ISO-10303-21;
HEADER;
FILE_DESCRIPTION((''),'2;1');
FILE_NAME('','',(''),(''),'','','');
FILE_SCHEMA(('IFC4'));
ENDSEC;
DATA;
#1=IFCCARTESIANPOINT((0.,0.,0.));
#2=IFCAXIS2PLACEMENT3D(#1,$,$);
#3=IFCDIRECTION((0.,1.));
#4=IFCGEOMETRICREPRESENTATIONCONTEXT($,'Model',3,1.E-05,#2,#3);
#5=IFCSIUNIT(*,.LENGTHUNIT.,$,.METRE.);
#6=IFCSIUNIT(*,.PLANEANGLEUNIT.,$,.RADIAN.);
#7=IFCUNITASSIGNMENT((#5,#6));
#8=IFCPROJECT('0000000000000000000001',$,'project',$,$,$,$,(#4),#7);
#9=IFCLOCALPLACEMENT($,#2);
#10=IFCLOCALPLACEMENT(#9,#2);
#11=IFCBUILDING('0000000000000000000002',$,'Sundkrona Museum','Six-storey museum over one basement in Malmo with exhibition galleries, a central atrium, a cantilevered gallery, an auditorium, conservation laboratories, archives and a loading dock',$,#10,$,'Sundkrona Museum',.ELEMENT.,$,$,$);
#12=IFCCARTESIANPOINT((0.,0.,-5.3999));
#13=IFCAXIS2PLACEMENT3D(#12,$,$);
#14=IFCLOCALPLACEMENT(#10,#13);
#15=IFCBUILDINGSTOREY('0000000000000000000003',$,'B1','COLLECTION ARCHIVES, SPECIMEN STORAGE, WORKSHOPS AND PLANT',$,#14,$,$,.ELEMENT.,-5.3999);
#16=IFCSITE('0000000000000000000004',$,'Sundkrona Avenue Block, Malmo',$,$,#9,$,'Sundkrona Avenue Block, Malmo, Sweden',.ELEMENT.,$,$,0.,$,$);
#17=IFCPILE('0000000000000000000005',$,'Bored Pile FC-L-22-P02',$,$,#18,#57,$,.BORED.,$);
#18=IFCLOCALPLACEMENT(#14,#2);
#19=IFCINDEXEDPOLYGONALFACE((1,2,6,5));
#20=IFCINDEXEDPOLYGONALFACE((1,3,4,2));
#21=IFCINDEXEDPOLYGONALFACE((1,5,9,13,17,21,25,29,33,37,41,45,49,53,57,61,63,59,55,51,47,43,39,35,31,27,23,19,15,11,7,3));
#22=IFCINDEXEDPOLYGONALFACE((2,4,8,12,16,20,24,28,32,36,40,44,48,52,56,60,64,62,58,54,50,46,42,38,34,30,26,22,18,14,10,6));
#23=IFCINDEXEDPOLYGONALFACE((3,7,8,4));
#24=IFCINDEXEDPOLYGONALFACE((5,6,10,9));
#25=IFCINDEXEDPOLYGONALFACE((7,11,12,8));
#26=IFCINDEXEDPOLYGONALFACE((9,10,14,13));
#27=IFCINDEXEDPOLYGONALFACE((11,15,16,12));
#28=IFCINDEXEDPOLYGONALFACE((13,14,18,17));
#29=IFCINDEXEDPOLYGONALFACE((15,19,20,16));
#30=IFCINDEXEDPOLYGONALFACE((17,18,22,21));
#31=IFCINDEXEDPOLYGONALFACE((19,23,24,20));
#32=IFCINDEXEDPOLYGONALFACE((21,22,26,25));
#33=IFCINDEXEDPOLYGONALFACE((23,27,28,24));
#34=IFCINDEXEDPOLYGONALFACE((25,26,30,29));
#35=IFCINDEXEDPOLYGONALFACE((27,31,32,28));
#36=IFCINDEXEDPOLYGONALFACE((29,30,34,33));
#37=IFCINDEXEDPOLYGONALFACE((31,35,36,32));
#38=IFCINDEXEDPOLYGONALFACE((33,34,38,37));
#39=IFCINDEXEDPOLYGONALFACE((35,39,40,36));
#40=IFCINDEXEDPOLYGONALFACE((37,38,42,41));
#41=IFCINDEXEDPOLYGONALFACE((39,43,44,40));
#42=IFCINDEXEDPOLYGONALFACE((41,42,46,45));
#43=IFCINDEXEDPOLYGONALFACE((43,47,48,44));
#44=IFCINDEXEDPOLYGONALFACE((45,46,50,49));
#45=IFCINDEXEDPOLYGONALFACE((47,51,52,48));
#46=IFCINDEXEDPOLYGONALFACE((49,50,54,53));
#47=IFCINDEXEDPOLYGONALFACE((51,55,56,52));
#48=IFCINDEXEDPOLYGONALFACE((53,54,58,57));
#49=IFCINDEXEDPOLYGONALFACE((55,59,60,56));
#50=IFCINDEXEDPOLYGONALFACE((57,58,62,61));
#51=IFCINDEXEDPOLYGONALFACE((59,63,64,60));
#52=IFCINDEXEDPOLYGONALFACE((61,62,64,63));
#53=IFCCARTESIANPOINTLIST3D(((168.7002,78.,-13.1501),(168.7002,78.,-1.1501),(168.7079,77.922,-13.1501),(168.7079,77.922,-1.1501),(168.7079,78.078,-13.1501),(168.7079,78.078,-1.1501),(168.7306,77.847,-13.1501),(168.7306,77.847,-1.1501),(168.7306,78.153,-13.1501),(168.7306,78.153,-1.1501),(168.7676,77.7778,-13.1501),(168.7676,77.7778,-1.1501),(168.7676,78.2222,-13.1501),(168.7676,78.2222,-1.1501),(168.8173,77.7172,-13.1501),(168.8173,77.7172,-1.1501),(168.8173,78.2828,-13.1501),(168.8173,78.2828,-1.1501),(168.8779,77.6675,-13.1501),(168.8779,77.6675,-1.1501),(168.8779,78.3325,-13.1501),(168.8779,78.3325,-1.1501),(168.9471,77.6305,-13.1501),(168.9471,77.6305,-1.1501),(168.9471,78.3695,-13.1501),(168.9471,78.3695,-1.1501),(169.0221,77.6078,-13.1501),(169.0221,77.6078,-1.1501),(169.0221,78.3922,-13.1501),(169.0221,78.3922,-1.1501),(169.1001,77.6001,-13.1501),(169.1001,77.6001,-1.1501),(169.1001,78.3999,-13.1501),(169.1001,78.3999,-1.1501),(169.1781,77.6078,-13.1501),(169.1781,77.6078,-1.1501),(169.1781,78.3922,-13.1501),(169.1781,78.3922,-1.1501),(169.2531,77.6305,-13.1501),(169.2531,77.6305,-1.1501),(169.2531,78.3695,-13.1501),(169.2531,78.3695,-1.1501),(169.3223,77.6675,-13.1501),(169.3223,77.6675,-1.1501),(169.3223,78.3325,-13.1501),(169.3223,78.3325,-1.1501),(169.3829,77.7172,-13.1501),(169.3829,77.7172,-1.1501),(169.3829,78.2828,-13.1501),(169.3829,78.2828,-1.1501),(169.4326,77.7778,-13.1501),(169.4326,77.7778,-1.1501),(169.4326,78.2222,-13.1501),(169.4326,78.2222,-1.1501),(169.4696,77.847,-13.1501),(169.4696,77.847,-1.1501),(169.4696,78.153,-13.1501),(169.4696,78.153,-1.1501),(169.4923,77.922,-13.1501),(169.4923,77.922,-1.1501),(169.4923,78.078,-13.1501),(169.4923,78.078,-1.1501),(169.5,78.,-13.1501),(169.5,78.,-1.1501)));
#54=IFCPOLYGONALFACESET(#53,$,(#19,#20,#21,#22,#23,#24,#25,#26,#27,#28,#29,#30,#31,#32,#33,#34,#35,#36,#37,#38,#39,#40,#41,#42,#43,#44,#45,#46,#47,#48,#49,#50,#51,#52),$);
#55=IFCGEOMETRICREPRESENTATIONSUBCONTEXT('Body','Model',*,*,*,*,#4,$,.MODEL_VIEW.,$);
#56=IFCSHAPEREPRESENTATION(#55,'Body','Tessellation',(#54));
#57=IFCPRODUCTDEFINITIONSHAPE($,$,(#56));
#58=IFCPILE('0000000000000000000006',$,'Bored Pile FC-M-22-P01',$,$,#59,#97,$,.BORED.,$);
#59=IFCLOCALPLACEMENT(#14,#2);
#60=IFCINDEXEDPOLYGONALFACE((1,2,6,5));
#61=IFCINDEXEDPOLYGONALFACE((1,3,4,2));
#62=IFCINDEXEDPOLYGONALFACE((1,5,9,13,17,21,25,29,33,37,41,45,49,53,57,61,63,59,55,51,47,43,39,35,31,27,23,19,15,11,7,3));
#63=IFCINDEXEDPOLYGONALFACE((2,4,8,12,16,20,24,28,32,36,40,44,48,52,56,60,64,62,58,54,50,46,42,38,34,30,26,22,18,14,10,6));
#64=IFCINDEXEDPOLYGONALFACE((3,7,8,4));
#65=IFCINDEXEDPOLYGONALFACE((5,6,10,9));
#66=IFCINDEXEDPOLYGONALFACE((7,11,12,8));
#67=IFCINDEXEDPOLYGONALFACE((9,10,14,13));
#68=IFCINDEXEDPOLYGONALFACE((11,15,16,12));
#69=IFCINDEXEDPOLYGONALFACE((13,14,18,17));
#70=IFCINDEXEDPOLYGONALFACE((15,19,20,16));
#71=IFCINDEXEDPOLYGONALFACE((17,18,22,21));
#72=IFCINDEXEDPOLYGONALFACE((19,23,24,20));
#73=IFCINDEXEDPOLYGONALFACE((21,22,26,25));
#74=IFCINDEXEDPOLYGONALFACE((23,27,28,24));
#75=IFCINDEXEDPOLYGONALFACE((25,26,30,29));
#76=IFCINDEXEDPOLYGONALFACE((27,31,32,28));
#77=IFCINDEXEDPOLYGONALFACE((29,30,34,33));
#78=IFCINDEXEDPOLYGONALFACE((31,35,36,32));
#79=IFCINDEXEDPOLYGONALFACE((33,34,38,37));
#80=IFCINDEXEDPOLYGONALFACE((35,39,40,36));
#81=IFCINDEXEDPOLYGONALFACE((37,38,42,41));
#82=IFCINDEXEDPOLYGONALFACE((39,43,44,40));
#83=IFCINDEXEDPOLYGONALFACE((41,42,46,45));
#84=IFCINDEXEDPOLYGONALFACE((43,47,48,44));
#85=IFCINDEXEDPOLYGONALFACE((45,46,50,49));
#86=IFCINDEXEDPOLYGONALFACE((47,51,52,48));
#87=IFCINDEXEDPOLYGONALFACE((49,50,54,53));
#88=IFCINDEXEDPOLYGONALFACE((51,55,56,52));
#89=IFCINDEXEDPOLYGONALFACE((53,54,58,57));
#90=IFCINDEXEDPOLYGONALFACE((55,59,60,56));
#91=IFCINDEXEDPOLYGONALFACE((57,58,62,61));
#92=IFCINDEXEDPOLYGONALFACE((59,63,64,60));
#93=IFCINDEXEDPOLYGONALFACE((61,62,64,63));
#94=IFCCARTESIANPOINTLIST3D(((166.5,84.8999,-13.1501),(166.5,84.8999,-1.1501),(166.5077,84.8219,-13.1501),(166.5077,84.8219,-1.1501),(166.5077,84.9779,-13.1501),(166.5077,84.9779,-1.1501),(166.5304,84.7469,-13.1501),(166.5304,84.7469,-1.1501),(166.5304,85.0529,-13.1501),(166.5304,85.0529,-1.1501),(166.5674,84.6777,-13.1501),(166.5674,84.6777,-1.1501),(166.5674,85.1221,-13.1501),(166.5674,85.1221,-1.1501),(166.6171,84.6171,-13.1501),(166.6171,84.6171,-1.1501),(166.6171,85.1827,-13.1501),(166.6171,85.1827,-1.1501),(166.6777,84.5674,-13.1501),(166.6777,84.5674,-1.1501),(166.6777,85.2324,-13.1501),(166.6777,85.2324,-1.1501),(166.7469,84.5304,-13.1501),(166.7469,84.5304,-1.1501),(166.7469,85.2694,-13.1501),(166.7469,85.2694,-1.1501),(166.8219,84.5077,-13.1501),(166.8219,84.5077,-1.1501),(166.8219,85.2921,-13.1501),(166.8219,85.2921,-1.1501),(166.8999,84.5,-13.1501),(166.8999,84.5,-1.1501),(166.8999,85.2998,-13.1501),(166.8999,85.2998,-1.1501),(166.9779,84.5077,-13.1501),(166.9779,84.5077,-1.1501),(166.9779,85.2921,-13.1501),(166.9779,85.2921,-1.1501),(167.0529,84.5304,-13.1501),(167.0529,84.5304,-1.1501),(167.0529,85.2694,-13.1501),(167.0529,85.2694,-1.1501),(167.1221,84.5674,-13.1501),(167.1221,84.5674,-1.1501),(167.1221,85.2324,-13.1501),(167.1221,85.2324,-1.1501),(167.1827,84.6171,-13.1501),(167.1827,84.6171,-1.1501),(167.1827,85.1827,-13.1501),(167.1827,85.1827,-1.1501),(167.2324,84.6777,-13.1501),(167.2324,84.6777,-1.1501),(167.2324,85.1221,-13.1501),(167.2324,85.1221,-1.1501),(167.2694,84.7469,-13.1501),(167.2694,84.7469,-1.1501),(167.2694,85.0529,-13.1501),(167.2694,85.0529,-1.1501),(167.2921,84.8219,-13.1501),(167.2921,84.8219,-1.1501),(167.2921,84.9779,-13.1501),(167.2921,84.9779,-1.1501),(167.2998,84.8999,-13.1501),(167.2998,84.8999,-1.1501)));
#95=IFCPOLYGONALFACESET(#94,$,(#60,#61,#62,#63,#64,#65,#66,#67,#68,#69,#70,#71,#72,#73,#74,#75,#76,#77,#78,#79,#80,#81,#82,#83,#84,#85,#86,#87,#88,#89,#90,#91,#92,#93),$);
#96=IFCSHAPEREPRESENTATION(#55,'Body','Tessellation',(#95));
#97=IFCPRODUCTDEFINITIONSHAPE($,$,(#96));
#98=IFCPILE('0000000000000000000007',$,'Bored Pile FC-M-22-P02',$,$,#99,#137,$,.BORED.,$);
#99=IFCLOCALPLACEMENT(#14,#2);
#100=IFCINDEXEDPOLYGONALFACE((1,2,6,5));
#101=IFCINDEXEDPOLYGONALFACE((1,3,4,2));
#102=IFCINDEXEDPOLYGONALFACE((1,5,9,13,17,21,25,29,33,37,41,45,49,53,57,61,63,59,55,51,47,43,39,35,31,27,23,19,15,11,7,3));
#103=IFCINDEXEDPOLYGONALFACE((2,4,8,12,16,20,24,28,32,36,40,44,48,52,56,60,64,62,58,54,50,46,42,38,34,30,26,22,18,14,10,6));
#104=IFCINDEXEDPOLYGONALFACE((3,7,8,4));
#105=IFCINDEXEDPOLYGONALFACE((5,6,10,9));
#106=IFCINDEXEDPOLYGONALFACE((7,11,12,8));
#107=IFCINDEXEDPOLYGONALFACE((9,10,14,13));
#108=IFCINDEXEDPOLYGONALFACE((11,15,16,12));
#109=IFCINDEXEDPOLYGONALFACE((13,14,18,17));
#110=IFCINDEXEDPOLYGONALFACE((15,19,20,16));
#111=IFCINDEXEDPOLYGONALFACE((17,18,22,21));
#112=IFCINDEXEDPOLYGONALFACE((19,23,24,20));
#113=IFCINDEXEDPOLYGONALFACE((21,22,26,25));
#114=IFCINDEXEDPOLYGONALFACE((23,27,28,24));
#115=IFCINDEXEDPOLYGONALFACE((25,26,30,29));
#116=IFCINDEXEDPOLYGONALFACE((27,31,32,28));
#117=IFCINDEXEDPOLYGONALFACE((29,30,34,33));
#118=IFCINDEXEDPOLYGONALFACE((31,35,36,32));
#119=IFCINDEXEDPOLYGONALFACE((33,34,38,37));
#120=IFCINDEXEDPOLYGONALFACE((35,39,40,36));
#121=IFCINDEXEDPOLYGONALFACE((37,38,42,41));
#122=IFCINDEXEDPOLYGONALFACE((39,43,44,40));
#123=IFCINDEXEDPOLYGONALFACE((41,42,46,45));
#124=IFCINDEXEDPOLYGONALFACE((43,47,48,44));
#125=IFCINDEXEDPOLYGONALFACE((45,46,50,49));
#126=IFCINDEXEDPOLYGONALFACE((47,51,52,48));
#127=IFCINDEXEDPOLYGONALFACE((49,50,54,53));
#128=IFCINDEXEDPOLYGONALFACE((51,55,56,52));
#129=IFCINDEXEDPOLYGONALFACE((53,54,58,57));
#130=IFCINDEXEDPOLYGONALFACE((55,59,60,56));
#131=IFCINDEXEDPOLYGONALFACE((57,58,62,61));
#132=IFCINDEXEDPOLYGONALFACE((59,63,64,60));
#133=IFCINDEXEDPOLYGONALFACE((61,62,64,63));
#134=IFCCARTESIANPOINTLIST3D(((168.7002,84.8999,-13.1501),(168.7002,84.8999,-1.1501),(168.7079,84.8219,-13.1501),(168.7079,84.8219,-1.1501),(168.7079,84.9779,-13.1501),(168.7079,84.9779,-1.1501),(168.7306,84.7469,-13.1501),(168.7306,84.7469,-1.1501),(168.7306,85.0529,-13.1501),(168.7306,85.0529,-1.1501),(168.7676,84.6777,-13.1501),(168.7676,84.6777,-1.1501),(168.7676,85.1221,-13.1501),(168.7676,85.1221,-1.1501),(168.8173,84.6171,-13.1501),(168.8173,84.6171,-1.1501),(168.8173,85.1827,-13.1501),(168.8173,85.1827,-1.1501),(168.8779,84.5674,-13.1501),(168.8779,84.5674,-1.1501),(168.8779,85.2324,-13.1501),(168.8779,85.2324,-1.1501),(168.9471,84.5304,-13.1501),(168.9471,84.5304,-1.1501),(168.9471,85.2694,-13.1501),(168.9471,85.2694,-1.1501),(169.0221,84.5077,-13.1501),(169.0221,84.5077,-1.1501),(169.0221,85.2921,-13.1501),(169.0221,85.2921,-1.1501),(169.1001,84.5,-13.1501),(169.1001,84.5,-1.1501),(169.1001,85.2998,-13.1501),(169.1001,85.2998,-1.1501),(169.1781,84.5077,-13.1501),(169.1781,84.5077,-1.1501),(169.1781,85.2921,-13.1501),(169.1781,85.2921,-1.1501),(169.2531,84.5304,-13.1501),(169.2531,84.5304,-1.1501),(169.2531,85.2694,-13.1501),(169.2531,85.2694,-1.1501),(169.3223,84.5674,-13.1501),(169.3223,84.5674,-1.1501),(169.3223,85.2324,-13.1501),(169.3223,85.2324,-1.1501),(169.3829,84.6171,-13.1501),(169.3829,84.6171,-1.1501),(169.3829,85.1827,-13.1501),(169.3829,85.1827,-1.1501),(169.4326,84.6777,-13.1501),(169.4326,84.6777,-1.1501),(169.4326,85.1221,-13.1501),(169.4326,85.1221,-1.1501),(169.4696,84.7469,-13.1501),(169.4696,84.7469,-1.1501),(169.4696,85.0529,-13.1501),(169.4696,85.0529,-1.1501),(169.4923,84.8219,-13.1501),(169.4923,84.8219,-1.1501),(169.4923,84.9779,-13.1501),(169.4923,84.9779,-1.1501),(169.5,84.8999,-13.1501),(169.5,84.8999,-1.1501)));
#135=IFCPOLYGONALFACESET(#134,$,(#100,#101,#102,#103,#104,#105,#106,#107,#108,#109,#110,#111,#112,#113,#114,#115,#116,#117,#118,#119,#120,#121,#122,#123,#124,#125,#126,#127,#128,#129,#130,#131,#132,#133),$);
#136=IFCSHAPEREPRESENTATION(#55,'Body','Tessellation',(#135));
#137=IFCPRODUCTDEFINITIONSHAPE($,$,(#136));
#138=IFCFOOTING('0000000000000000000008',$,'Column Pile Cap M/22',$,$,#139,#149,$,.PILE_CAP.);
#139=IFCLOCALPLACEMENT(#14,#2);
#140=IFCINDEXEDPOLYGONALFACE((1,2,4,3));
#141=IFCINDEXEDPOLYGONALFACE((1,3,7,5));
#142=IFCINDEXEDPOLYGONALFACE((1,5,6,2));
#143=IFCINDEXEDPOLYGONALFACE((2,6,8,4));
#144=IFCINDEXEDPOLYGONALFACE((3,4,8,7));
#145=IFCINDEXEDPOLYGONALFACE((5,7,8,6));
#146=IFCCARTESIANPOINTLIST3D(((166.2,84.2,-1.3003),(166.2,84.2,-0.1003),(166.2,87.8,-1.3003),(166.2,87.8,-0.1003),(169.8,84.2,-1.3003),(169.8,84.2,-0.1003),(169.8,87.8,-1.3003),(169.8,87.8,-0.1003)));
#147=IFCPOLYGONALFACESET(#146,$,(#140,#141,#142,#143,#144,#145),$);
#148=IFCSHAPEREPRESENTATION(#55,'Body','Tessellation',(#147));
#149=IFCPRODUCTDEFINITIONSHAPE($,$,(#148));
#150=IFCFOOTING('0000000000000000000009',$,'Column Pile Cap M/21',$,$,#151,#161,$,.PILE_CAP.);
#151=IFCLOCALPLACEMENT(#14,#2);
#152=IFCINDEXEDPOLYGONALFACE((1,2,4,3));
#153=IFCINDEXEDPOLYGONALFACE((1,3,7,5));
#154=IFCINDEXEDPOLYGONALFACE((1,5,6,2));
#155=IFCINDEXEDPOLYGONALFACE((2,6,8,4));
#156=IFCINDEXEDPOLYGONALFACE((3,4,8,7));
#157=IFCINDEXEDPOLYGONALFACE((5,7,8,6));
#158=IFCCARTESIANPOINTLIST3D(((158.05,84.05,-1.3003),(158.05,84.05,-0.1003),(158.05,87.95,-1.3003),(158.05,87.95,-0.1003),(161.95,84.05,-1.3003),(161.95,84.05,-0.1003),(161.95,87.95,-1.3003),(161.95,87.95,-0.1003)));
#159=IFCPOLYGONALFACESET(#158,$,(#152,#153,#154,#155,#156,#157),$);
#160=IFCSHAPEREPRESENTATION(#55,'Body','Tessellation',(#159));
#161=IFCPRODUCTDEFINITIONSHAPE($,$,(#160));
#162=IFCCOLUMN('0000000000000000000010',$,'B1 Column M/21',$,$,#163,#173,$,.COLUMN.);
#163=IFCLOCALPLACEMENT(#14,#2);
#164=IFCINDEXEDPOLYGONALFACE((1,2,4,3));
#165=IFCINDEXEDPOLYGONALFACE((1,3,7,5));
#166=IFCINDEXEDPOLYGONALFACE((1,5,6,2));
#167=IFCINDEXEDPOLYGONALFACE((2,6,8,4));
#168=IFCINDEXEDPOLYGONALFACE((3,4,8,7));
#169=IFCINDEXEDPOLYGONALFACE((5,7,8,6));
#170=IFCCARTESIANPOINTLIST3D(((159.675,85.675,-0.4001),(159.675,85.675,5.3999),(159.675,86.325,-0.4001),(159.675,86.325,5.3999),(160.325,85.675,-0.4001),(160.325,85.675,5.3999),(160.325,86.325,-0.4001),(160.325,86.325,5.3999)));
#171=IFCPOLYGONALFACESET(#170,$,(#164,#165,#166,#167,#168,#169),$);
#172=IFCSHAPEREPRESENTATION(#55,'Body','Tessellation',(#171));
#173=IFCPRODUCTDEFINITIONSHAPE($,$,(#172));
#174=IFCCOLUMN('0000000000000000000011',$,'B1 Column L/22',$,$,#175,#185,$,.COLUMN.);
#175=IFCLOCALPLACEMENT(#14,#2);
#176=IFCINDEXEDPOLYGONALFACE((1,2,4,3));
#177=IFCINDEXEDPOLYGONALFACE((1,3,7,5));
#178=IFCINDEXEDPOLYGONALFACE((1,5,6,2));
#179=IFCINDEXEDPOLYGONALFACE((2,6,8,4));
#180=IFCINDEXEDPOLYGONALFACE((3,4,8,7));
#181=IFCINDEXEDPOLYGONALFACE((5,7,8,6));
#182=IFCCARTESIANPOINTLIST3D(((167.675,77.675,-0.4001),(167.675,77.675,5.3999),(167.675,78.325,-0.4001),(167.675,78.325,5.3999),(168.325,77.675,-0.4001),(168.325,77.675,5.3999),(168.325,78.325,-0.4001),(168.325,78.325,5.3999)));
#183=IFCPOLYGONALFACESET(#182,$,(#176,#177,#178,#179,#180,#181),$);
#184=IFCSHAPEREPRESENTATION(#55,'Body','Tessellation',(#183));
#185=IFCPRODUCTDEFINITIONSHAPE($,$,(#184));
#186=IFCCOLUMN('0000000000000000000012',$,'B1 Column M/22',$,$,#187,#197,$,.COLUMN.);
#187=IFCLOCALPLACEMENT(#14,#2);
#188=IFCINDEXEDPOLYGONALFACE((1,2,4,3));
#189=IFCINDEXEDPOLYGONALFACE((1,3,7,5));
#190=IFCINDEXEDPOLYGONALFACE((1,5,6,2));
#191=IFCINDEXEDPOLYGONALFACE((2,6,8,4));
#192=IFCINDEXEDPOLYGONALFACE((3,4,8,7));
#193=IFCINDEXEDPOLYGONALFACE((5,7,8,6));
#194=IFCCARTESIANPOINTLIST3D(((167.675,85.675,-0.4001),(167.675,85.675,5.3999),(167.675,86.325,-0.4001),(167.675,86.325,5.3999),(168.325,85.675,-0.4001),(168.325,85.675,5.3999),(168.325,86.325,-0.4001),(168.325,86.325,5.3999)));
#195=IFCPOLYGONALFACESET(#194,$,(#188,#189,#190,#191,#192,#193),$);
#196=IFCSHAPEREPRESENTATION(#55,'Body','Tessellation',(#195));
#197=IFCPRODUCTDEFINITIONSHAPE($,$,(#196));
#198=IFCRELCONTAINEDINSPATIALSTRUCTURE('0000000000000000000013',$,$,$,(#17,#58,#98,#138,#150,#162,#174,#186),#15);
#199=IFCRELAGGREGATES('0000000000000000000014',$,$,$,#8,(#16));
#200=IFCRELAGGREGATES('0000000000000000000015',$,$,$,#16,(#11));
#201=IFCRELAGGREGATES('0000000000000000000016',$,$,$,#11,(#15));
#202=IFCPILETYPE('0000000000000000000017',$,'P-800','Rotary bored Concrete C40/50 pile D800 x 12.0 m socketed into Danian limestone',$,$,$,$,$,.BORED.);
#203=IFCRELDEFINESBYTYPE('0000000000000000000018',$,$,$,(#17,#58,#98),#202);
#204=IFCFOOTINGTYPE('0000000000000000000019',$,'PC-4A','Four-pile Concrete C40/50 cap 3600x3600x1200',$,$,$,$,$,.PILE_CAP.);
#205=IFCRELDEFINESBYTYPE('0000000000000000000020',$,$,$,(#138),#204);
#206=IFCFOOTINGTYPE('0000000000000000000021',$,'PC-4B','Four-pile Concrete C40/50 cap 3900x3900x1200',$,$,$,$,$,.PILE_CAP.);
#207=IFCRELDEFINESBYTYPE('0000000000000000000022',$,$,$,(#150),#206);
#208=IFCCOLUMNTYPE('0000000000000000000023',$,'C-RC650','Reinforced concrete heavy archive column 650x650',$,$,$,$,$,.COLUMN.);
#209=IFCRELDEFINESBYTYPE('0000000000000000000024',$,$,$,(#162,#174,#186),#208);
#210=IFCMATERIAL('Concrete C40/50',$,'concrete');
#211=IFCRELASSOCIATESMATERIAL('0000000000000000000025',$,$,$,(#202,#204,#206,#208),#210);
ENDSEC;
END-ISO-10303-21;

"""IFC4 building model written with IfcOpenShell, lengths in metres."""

from ifc_helpers import new_model, si_unit, direction, frame, origin, origin_2d, place, context, subcontext, project, spatial, rectangle, circle, extrude, material, material_profile, profile_set, type_object, element, save


model = new_model("IFC4")

# Units and contexts
model_context = context("Model", 3, precision=1e-05, world=origin(), true_north=direction((0.0, 1.0)))
body_context = subcontext(model_context, "Body", "Model", "MODEL_VIEW")
ifc_project = project(units=[si_unit("LENGTHUNIT", "METRE"), si_unit("PLANEANGLEUNIT", "RADIAN")], contexts=[model_context])

# Site, building, storey
site_placement = place(None, origin())
site = spatial("IfcSite", under=ifc_project, at=site_placement, Name="Sundkrona Avenue Block, Malmo", LongName="Sundkrona Avenue Block, Malmo, Sweden", CompositionType="ELEMENT", RefElevation=0.0)
building_placement = place(site_placement, origin())
building = spatial("IfcBuilding", under=site, at=building_placement, Name="Sundkrona Museum", Description="Six-storey museum over one basement in Malmo with exhibition galleries, a central atrium, a cantilevered gallery, an auditorium, conservation laboratories, archives and a loading dock", LongName="Sundkrona Museum", CompositionType="ELEMENT")
storey_placement = place(building_placement, frame((0.0, 0.0, -5.3999)))
storey = spatial("IfcBuildingStorey", under=building, at=storey_placement, Name="B1", Description="COLLECTION ARCHIVES, SPECIMEN STORAGE, WORKSHOPS AND PLANT", CompositionType="ELEMENT", Elevation=-5.3999)

# Shared definitions
ifc_material_1 = material(Name="Concrete C40/50", Category="concrete")

# Piles
ifc_material_profile_1 = material_profile(ifc_material_1, circle(Radius=0.3999, at=origin_2d()), Name="PILE D800")
ifc_profile_set_1 = profile_set([ifc_material_profile_1], Name="Concrete C40/50")
pile_type = type_object("IfcPileType", Name="P-800", Description="Rotary bored Concrete C40/50 pile D800 x 12.0 m socketed into Danian limestone", PredefinedType="BORED", material=ifc_profile_set_1)
for number, where, z_axis, x_axis, name in (
    (1, (169.1001, 78.0, -1.1501), (0.0, 0.0, -1.0), (1.0, 0.0, 0.0), "Bored Pile FC-L-22-P02"),
    (2, (166.8999, 84.8999, -1.1501), (0.0, 0.0, -1.0), (1.0, 0.0, 0.0), "Bored Pile FC-M-22-P01"),
    (3, (169.1001, 84.8999, -1.1501), (0.0, 0.0, -1.0), (1.0, 0.0, 0.0), "Bored Pile FC-M-22-P02"),
):
    element("IfcPile", number, at=place(storey_placement, frame(where, z_axis=z_axis, x_axis=x_axis)), inside=storey, type_object=pile_type, Name=name, PredefinedType="BORED", context=body_context, shape_type="SweptSolid", body=[
        extrude(circle(Radius=0.3999, at=origin_2d()), origin(), (0.0, 0.0, 1.0), 12.0),
    ])

# Footings
footing_type_1 = type_object("IfcFootingType", Name="PC-4A", Description="Four-pile Concrete C40/50 cap 3600x3600x1200", PredefinedType="PILE_CAP", material=ifc_material_1)
footing_1_placement = place(storey_placement, frame((168.0, 86.0, -1.3003), z_axis=(0.0, 0.0, 1.0), x_axis=(1.0, 0.0, 0.0)))
element("IfcFooting", 4, at=footing_1_placement, inside=storey, type_object=footing_type_1, Name="Column Pile Cap M/22", PredefinedType="PILE_CAP", context=body_context, shape_type="SweptSolid", body=[
    extrude(rectangle(XDim=3.6001, YDim=3.6001, at=origin_2d()), origin(), (0.0, 0.0, 1.0), 1.2),
])
footing_type_2 = type_object("IfcFootingType", Name="PC-4B", Description="Four-pile Concrete C40/50 cap 3900x3900x1200", PredefinedType="PILE_CAP", material=ifc_material_1)
footing_2_placement = place(storey_placement, frame((160.0, 86.0, -1.3003), z_axis=(0.0, 0.0, 1.0), x_axis=(1.0, 0.0, 0.0)))
element("IfcFooting", 5, at=footing_2_placement, inside=storey, type_object=footing_type_2, Name="Column Pile Cap M/21", PredefinedType="PILE_CAP", context=body_context, shape_type="SweptSolid", body=[
    extrude(rectangle(XDim=3.8999, YDim=3.8999, at=origin_2d()), origin(), (0.0, 0.0, 1.0), 1.2),
])

# Columns
ifc_material_profile_2 = material_profile(ifc_material_1, rectangle(XDim=0.6499, YDim=0.6499, at=origin_2d()), Name="RC 650x650")
ifc_profile_set_2 = profile_set([ifc_material_profile_2], Name="Concrete C40/50")
column_type = type_object("IfcColumnType", Name="C-RC650", Description="Reinforced concrete heavy archive column 650x650", PredefinedType="COLUMN", material=ifc_profile_set_2)
for number, where, z_axis, x_axis, name in (
    (6, (160.0, 86.0, -0.4001), (0.0, 0.0, 1.0), (1.0, 0.0, 0.0), "B1 Column M/21"),
    (7, (168.0, 78.0, -0.4001), (0.0, 0.0, 1.0), (1.0, 0.0, 0.0), "B1 Column L/22"),
    (8, (168.0, 86.0, -0.4001), (0.0, 0.0, 1.0), (1.0, 0.0, 0.0), "B1 Column M/22"),
):
    element("IfcColumn", number, at=place(storey_placement, frame(where, z_axis=z_axis, x_axis=x_axis)), inside=storey, type_object=column_type, Name=name, PredefinedType="COLUMN", context=body_context, shape_type="SweptSolid", body=[
        extrude(rectangle(XDim=0.6499, YDim=0.6499, at=origin_2d()), origin(), (0.0, 0.0, 1.0), 5.8),
    ])

save(model, "model.ifc")
